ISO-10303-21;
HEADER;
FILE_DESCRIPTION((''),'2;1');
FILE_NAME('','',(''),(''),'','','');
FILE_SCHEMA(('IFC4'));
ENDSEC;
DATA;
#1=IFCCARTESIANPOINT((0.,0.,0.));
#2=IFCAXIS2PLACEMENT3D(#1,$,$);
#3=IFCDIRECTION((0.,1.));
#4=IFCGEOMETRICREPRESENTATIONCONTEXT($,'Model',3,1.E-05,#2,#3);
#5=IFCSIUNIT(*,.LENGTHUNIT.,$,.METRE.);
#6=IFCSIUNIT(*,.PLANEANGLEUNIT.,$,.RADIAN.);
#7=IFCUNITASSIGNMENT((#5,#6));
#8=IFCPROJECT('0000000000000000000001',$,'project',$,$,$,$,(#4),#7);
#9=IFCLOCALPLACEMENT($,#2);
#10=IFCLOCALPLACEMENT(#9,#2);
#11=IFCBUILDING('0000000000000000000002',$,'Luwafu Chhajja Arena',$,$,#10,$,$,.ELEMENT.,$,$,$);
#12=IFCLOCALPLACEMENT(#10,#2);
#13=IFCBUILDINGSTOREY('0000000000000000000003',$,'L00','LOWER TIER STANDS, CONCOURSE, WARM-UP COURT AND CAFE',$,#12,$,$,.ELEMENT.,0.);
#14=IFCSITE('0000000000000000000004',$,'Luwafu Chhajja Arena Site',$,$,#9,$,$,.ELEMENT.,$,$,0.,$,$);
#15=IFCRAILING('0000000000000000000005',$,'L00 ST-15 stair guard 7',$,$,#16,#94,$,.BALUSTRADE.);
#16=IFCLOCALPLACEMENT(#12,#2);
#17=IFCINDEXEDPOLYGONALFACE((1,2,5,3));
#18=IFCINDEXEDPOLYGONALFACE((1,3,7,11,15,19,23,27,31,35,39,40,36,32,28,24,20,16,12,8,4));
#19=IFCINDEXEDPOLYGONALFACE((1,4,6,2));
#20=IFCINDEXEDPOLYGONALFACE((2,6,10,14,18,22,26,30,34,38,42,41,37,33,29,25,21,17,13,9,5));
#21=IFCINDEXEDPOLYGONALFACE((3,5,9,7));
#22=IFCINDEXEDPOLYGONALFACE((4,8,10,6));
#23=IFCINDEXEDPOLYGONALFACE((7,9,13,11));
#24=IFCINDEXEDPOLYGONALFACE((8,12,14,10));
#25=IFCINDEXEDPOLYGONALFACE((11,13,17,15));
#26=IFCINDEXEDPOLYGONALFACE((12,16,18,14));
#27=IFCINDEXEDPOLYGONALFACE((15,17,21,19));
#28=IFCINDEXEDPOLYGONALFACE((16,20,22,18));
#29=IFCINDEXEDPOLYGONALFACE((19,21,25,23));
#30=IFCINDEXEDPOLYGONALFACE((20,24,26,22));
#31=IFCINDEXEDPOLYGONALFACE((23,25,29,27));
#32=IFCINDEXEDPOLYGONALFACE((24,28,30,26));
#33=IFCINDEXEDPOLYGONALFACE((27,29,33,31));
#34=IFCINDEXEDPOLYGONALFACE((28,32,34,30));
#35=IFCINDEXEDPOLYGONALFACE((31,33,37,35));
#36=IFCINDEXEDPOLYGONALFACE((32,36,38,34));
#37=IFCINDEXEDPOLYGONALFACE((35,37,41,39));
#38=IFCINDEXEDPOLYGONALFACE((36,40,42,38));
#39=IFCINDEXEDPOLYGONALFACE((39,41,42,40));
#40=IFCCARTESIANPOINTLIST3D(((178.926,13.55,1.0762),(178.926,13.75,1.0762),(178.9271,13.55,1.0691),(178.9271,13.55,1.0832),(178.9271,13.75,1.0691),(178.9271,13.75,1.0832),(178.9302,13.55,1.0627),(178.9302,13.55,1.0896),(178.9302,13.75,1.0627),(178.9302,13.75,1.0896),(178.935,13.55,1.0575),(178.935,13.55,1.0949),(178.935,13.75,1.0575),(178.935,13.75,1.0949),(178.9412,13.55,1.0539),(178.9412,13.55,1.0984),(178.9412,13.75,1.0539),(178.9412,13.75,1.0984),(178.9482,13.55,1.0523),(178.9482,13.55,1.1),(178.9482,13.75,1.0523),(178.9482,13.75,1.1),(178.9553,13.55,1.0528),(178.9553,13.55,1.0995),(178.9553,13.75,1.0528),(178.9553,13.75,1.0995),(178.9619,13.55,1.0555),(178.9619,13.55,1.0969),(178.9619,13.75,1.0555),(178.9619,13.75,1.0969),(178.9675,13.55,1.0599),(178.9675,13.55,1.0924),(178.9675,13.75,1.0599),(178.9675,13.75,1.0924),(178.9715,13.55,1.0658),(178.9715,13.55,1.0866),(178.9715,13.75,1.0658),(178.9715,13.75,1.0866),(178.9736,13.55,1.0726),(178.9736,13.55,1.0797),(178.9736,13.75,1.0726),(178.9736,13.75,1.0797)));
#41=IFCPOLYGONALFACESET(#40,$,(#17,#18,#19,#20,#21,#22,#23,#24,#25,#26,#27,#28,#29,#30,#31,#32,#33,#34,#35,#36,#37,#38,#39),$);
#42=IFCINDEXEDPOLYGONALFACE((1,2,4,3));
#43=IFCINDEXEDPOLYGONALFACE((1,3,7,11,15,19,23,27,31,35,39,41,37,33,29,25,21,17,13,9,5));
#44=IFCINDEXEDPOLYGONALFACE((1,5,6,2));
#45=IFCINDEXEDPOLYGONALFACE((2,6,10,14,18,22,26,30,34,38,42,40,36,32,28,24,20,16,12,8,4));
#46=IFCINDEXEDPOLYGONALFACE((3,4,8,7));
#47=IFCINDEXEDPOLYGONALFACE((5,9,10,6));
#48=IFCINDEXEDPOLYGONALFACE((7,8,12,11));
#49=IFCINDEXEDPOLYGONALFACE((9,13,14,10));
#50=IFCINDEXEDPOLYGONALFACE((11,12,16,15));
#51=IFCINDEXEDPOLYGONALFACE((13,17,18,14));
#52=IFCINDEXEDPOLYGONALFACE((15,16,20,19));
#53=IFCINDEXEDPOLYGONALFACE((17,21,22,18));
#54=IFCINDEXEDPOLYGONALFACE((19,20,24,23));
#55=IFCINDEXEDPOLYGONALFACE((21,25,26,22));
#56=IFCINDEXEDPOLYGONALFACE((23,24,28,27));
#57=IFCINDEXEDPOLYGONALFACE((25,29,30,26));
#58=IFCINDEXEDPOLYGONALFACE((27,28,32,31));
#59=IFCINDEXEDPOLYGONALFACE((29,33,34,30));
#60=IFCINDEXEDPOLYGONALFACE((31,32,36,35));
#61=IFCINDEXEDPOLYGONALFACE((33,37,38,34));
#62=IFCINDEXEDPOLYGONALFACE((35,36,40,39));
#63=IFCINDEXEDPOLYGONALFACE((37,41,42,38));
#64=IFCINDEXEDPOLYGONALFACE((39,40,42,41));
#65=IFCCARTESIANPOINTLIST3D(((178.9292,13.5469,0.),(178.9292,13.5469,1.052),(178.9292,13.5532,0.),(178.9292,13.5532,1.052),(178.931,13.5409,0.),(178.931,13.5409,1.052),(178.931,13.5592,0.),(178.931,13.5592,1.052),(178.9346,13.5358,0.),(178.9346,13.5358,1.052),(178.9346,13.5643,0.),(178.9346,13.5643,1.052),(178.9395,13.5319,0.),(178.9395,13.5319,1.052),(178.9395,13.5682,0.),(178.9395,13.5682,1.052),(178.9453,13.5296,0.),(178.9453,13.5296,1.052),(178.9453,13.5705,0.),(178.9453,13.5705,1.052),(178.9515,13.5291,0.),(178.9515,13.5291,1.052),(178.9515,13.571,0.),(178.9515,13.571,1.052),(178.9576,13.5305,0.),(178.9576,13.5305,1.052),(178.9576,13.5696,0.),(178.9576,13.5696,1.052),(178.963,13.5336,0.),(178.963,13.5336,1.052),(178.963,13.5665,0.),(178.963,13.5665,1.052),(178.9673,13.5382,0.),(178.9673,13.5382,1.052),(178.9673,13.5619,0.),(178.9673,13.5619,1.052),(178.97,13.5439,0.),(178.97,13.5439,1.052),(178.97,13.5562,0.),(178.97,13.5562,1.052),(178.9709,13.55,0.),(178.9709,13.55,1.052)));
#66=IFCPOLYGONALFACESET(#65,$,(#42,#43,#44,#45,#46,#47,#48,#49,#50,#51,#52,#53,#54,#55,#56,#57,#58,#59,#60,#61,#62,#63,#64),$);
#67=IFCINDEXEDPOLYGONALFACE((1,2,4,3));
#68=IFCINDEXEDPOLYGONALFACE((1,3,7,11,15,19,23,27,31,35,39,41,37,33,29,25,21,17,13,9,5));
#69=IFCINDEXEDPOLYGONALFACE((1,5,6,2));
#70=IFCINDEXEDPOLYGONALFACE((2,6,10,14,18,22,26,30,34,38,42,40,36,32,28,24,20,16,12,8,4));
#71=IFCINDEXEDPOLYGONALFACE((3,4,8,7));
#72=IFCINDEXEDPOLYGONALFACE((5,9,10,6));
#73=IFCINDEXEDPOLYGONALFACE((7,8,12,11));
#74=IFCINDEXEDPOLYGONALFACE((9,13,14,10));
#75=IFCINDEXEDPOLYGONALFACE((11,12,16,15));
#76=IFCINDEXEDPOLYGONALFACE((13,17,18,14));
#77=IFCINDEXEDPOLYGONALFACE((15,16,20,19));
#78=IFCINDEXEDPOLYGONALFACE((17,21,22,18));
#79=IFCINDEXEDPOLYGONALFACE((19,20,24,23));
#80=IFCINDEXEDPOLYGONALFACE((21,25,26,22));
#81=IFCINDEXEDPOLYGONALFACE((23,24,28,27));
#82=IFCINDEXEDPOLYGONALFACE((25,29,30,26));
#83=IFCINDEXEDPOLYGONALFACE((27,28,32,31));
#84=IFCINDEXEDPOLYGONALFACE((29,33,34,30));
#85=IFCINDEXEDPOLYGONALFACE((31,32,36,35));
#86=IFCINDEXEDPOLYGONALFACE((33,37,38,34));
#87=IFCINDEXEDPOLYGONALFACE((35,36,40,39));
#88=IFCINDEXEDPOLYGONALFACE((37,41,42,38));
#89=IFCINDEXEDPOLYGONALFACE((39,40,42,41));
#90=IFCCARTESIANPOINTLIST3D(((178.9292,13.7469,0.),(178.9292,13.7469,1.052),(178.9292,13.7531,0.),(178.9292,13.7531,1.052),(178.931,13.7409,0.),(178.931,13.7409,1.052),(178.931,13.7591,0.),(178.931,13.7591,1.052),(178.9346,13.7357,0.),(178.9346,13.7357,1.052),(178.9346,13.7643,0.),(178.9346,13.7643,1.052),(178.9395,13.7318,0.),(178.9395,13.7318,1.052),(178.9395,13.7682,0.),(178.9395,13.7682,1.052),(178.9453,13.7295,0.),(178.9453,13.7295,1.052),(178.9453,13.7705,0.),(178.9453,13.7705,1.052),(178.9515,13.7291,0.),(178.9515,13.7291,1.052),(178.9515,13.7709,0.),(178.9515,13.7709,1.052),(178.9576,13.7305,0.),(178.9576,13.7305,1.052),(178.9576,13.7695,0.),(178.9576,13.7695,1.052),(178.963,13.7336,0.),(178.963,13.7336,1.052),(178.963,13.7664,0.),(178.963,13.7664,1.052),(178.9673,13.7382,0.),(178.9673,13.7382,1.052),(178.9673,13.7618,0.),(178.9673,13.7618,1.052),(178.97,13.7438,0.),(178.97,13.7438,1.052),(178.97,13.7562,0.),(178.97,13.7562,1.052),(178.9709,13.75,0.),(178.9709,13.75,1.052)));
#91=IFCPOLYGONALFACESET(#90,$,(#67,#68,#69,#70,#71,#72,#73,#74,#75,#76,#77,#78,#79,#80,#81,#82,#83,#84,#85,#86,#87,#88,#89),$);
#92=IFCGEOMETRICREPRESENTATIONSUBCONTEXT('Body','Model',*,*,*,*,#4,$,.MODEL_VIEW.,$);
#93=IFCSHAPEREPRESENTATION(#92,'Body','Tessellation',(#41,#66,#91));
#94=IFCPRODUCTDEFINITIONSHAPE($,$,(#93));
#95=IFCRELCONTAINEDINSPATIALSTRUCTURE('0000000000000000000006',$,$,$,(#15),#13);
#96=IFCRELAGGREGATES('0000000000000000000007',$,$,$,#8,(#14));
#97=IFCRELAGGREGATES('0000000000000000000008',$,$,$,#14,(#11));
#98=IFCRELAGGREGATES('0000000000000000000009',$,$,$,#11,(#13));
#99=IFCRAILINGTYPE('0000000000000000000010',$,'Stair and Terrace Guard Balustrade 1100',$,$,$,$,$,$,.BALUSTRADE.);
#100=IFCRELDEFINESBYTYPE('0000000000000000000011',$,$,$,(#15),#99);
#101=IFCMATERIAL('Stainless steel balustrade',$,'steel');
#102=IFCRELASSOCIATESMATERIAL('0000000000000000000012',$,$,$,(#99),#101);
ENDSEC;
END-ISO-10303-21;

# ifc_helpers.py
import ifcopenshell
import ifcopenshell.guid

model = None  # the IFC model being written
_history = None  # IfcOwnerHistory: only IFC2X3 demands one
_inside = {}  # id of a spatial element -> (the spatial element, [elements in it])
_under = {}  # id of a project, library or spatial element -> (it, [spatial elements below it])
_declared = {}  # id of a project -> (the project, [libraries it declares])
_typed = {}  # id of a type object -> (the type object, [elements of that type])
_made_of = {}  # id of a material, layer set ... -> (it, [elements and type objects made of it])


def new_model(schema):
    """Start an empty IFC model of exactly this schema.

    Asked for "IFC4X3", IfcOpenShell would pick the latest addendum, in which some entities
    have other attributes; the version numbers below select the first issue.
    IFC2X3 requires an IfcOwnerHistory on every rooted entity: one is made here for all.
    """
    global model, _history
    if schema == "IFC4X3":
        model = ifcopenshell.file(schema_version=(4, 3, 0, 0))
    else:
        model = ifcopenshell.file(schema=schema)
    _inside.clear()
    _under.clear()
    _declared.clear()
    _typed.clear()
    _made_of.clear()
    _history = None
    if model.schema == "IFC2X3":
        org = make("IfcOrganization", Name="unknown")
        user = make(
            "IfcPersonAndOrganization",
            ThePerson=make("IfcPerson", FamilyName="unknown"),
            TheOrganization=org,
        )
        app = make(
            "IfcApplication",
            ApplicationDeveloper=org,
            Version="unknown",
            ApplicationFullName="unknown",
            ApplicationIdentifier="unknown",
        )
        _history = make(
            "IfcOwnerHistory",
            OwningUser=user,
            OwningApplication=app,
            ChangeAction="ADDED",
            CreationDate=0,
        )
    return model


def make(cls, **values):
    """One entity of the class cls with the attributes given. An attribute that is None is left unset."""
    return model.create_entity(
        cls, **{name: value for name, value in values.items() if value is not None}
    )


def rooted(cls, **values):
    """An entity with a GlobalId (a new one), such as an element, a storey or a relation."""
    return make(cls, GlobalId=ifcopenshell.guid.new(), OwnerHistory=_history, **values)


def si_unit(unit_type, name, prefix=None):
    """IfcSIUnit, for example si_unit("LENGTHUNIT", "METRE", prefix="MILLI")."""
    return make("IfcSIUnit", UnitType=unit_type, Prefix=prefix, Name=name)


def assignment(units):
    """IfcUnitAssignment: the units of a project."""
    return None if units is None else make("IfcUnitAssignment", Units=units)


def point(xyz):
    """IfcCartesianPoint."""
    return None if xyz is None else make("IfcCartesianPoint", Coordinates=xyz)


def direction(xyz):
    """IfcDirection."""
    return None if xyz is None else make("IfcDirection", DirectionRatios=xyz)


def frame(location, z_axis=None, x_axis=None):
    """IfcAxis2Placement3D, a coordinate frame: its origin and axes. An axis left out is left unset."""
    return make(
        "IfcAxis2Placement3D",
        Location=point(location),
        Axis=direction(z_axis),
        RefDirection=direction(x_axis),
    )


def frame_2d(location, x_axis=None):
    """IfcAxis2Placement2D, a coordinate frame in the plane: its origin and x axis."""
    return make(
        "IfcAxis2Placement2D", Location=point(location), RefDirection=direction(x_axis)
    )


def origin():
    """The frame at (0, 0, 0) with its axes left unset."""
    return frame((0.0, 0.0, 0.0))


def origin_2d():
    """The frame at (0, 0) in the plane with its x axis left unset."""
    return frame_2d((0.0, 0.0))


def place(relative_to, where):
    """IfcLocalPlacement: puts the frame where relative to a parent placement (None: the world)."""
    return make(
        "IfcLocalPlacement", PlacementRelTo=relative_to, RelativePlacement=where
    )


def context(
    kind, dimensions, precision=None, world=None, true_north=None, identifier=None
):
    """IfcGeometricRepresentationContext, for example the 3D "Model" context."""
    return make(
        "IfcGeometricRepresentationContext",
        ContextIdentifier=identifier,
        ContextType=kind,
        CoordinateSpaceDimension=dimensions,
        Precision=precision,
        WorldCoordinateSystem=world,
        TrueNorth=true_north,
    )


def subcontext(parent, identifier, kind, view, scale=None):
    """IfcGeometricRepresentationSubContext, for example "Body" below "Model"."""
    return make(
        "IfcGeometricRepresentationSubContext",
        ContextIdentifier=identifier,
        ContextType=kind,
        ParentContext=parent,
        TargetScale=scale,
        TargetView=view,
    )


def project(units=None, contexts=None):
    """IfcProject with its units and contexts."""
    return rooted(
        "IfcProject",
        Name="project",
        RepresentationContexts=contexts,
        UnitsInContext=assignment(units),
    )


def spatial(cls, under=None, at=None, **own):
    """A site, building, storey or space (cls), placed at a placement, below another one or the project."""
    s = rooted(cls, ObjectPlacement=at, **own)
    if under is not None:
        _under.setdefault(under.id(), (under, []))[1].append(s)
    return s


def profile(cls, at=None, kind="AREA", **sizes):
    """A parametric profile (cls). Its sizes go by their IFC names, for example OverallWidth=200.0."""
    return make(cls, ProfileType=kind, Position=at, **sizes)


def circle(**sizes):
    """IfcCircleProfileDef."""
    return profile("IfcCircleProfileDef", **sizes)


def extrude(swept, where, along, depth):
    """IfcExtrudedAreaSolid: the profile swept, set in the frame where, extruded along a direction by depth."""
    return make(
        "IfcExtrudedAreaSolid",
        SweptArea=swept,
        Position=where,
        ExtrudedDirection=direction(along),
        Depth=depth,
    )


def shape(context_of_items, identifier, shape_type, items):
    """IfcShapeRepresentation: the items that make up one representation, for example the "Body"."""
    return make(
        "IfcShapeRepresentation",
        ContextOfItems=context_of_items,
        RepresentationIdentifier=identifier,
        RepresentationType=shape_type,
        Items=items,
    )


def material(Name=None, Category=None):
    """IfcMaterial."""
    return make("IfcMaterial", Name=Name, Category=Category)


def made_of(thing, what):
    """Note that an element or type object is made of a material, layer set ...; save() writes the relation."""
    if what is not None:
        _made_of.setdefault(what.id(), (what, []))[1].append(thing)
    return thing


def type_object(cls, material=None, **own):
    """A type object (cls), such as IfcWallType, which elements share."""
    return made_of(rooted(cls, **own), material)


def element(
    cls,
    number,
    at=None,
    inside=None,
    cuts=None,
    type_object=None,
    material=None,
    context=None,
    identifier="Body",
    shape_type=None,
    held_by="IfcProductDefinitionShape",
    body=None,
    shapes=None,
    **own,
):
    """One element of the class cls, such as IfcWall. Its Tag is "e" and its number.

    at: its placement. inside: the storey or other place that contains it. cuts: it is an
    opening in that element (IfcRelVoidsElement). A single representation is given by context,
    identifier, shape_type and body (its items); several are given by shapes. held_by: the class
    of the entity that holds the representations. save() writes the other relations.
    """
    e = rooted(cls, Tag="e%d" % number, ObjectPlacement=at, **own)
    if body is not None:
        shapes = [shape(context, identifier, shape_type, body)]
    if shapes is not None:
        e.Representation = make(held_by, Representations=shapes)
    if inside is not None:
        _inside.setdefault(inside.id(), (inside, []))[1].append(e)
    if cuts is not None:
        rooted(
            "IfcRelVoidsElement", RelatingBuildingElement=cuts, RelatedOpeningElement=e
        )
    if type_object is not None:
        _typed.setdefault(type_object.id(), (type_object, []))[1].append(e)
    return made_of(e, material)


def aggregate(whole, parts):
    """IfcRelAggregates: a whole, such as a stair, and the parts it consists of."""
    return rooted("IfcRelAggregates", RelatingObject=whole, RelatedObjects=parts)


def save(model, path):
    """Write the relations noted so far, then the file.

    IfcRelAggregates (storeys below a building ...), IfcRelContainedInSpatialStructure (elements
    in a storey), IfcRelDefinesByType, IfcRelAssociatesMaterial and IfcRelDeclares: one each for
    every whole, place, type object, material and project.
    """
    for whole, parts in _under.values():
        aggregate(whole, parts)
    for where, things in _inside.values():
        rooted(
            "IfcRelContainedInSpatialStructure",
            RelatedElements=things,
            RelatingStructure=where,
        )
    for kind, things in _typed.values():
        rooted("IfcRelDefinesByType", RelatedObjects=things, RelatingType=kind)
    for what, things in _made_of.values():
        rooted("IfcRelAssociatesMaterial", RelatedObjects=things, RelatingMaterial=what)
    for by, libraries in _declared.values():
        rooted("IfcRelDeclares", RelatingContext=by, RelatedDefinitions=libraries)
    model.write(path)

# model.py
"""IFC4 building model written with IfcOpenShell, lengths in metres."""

from ifc_helpers import new_model, si_unit, direction, frame, origin, origin_2d, place, context, subcontext, project, spatial, circle, extrude, material, type_object, element, save


model = new_model("IFC4")

# Units and contexts
model_context = context("Model", 3, precision=1e-05, world=origin(), true_north=direction((0.0, 1.0)))
body_context = subcontext(model_context, "Body", "Model", "MODEL_VIEW")
ifc_project = project(units=[si_unit("LENGTHUNIT", "METRE"), si_unit("PLANEANGLEUNIT", "RADIAN")], contexts=[model_context])

# Site, building, storey
site_placement = place(None, origin())
site = spatial("IfcSite", under=ifc_project, at=site_placement, Name="Luwafu Chhajja Arena Site", CompositionType="ELEMENT", RefElevation=0.0)
building_placement = place(site_placement, origin())
building = spatial("IfcBuilding", under=site, at=building_placement, Name="Luwafu Chhajja Arena", CompositionType="ELEMENT")
storey_placement = place(building_placement, origin())
storey = spatial("IfcBuildingStorey", under=building, at=storey_placement, Name="L00", Description="LOWER TIER STANDS, CONCOURSE, WARM-UP COURT AND CAFE", CompositionType="ELEMENT", Elevation=0.0)

# Railing
ifc_material_1 = material(Name="Stainless steel balustrade", Category="steel")
railing_type_1 = type_object("IfcRailingType", Name="Stair and Terrace Guard Balustrade 1100", PredefinedType="BALUSTRADE", material=ifc_material_1)
railing_1_placement = place(storey_placement, frame((178.95, 13.55, 0.0)))
element("IfcRailing", 1, at=railing_1_placement, inside=storey, type_object=railing_type_1, Name="L00 ST-15 stair guard 7", PredefinedType="BALUSTRADE", context=body_context, shape_type="SweptSolid", body=[
    extrude(circle(Radius=0.0239, at=origin_2d()), frame((0.0, 0.0, 1.0762), z_axis=(0.0, 1.0, 0.0), x_axis=(-1.0, 0.0, 0.0)), (0.0, 0.0, 1.0), 0.2),
    extrude(circle(Radius=0.021, at=origin_2d()), origin(), (0.0, 0.0, 1.0), 1.052),
    extrude(circle(Radius=0.021, at=origin_2d()), frame((0.0, 0.2, 0.0)), (0.0, 0.0, 1.0), 1.052),
])

save(model, "model.ifc")
